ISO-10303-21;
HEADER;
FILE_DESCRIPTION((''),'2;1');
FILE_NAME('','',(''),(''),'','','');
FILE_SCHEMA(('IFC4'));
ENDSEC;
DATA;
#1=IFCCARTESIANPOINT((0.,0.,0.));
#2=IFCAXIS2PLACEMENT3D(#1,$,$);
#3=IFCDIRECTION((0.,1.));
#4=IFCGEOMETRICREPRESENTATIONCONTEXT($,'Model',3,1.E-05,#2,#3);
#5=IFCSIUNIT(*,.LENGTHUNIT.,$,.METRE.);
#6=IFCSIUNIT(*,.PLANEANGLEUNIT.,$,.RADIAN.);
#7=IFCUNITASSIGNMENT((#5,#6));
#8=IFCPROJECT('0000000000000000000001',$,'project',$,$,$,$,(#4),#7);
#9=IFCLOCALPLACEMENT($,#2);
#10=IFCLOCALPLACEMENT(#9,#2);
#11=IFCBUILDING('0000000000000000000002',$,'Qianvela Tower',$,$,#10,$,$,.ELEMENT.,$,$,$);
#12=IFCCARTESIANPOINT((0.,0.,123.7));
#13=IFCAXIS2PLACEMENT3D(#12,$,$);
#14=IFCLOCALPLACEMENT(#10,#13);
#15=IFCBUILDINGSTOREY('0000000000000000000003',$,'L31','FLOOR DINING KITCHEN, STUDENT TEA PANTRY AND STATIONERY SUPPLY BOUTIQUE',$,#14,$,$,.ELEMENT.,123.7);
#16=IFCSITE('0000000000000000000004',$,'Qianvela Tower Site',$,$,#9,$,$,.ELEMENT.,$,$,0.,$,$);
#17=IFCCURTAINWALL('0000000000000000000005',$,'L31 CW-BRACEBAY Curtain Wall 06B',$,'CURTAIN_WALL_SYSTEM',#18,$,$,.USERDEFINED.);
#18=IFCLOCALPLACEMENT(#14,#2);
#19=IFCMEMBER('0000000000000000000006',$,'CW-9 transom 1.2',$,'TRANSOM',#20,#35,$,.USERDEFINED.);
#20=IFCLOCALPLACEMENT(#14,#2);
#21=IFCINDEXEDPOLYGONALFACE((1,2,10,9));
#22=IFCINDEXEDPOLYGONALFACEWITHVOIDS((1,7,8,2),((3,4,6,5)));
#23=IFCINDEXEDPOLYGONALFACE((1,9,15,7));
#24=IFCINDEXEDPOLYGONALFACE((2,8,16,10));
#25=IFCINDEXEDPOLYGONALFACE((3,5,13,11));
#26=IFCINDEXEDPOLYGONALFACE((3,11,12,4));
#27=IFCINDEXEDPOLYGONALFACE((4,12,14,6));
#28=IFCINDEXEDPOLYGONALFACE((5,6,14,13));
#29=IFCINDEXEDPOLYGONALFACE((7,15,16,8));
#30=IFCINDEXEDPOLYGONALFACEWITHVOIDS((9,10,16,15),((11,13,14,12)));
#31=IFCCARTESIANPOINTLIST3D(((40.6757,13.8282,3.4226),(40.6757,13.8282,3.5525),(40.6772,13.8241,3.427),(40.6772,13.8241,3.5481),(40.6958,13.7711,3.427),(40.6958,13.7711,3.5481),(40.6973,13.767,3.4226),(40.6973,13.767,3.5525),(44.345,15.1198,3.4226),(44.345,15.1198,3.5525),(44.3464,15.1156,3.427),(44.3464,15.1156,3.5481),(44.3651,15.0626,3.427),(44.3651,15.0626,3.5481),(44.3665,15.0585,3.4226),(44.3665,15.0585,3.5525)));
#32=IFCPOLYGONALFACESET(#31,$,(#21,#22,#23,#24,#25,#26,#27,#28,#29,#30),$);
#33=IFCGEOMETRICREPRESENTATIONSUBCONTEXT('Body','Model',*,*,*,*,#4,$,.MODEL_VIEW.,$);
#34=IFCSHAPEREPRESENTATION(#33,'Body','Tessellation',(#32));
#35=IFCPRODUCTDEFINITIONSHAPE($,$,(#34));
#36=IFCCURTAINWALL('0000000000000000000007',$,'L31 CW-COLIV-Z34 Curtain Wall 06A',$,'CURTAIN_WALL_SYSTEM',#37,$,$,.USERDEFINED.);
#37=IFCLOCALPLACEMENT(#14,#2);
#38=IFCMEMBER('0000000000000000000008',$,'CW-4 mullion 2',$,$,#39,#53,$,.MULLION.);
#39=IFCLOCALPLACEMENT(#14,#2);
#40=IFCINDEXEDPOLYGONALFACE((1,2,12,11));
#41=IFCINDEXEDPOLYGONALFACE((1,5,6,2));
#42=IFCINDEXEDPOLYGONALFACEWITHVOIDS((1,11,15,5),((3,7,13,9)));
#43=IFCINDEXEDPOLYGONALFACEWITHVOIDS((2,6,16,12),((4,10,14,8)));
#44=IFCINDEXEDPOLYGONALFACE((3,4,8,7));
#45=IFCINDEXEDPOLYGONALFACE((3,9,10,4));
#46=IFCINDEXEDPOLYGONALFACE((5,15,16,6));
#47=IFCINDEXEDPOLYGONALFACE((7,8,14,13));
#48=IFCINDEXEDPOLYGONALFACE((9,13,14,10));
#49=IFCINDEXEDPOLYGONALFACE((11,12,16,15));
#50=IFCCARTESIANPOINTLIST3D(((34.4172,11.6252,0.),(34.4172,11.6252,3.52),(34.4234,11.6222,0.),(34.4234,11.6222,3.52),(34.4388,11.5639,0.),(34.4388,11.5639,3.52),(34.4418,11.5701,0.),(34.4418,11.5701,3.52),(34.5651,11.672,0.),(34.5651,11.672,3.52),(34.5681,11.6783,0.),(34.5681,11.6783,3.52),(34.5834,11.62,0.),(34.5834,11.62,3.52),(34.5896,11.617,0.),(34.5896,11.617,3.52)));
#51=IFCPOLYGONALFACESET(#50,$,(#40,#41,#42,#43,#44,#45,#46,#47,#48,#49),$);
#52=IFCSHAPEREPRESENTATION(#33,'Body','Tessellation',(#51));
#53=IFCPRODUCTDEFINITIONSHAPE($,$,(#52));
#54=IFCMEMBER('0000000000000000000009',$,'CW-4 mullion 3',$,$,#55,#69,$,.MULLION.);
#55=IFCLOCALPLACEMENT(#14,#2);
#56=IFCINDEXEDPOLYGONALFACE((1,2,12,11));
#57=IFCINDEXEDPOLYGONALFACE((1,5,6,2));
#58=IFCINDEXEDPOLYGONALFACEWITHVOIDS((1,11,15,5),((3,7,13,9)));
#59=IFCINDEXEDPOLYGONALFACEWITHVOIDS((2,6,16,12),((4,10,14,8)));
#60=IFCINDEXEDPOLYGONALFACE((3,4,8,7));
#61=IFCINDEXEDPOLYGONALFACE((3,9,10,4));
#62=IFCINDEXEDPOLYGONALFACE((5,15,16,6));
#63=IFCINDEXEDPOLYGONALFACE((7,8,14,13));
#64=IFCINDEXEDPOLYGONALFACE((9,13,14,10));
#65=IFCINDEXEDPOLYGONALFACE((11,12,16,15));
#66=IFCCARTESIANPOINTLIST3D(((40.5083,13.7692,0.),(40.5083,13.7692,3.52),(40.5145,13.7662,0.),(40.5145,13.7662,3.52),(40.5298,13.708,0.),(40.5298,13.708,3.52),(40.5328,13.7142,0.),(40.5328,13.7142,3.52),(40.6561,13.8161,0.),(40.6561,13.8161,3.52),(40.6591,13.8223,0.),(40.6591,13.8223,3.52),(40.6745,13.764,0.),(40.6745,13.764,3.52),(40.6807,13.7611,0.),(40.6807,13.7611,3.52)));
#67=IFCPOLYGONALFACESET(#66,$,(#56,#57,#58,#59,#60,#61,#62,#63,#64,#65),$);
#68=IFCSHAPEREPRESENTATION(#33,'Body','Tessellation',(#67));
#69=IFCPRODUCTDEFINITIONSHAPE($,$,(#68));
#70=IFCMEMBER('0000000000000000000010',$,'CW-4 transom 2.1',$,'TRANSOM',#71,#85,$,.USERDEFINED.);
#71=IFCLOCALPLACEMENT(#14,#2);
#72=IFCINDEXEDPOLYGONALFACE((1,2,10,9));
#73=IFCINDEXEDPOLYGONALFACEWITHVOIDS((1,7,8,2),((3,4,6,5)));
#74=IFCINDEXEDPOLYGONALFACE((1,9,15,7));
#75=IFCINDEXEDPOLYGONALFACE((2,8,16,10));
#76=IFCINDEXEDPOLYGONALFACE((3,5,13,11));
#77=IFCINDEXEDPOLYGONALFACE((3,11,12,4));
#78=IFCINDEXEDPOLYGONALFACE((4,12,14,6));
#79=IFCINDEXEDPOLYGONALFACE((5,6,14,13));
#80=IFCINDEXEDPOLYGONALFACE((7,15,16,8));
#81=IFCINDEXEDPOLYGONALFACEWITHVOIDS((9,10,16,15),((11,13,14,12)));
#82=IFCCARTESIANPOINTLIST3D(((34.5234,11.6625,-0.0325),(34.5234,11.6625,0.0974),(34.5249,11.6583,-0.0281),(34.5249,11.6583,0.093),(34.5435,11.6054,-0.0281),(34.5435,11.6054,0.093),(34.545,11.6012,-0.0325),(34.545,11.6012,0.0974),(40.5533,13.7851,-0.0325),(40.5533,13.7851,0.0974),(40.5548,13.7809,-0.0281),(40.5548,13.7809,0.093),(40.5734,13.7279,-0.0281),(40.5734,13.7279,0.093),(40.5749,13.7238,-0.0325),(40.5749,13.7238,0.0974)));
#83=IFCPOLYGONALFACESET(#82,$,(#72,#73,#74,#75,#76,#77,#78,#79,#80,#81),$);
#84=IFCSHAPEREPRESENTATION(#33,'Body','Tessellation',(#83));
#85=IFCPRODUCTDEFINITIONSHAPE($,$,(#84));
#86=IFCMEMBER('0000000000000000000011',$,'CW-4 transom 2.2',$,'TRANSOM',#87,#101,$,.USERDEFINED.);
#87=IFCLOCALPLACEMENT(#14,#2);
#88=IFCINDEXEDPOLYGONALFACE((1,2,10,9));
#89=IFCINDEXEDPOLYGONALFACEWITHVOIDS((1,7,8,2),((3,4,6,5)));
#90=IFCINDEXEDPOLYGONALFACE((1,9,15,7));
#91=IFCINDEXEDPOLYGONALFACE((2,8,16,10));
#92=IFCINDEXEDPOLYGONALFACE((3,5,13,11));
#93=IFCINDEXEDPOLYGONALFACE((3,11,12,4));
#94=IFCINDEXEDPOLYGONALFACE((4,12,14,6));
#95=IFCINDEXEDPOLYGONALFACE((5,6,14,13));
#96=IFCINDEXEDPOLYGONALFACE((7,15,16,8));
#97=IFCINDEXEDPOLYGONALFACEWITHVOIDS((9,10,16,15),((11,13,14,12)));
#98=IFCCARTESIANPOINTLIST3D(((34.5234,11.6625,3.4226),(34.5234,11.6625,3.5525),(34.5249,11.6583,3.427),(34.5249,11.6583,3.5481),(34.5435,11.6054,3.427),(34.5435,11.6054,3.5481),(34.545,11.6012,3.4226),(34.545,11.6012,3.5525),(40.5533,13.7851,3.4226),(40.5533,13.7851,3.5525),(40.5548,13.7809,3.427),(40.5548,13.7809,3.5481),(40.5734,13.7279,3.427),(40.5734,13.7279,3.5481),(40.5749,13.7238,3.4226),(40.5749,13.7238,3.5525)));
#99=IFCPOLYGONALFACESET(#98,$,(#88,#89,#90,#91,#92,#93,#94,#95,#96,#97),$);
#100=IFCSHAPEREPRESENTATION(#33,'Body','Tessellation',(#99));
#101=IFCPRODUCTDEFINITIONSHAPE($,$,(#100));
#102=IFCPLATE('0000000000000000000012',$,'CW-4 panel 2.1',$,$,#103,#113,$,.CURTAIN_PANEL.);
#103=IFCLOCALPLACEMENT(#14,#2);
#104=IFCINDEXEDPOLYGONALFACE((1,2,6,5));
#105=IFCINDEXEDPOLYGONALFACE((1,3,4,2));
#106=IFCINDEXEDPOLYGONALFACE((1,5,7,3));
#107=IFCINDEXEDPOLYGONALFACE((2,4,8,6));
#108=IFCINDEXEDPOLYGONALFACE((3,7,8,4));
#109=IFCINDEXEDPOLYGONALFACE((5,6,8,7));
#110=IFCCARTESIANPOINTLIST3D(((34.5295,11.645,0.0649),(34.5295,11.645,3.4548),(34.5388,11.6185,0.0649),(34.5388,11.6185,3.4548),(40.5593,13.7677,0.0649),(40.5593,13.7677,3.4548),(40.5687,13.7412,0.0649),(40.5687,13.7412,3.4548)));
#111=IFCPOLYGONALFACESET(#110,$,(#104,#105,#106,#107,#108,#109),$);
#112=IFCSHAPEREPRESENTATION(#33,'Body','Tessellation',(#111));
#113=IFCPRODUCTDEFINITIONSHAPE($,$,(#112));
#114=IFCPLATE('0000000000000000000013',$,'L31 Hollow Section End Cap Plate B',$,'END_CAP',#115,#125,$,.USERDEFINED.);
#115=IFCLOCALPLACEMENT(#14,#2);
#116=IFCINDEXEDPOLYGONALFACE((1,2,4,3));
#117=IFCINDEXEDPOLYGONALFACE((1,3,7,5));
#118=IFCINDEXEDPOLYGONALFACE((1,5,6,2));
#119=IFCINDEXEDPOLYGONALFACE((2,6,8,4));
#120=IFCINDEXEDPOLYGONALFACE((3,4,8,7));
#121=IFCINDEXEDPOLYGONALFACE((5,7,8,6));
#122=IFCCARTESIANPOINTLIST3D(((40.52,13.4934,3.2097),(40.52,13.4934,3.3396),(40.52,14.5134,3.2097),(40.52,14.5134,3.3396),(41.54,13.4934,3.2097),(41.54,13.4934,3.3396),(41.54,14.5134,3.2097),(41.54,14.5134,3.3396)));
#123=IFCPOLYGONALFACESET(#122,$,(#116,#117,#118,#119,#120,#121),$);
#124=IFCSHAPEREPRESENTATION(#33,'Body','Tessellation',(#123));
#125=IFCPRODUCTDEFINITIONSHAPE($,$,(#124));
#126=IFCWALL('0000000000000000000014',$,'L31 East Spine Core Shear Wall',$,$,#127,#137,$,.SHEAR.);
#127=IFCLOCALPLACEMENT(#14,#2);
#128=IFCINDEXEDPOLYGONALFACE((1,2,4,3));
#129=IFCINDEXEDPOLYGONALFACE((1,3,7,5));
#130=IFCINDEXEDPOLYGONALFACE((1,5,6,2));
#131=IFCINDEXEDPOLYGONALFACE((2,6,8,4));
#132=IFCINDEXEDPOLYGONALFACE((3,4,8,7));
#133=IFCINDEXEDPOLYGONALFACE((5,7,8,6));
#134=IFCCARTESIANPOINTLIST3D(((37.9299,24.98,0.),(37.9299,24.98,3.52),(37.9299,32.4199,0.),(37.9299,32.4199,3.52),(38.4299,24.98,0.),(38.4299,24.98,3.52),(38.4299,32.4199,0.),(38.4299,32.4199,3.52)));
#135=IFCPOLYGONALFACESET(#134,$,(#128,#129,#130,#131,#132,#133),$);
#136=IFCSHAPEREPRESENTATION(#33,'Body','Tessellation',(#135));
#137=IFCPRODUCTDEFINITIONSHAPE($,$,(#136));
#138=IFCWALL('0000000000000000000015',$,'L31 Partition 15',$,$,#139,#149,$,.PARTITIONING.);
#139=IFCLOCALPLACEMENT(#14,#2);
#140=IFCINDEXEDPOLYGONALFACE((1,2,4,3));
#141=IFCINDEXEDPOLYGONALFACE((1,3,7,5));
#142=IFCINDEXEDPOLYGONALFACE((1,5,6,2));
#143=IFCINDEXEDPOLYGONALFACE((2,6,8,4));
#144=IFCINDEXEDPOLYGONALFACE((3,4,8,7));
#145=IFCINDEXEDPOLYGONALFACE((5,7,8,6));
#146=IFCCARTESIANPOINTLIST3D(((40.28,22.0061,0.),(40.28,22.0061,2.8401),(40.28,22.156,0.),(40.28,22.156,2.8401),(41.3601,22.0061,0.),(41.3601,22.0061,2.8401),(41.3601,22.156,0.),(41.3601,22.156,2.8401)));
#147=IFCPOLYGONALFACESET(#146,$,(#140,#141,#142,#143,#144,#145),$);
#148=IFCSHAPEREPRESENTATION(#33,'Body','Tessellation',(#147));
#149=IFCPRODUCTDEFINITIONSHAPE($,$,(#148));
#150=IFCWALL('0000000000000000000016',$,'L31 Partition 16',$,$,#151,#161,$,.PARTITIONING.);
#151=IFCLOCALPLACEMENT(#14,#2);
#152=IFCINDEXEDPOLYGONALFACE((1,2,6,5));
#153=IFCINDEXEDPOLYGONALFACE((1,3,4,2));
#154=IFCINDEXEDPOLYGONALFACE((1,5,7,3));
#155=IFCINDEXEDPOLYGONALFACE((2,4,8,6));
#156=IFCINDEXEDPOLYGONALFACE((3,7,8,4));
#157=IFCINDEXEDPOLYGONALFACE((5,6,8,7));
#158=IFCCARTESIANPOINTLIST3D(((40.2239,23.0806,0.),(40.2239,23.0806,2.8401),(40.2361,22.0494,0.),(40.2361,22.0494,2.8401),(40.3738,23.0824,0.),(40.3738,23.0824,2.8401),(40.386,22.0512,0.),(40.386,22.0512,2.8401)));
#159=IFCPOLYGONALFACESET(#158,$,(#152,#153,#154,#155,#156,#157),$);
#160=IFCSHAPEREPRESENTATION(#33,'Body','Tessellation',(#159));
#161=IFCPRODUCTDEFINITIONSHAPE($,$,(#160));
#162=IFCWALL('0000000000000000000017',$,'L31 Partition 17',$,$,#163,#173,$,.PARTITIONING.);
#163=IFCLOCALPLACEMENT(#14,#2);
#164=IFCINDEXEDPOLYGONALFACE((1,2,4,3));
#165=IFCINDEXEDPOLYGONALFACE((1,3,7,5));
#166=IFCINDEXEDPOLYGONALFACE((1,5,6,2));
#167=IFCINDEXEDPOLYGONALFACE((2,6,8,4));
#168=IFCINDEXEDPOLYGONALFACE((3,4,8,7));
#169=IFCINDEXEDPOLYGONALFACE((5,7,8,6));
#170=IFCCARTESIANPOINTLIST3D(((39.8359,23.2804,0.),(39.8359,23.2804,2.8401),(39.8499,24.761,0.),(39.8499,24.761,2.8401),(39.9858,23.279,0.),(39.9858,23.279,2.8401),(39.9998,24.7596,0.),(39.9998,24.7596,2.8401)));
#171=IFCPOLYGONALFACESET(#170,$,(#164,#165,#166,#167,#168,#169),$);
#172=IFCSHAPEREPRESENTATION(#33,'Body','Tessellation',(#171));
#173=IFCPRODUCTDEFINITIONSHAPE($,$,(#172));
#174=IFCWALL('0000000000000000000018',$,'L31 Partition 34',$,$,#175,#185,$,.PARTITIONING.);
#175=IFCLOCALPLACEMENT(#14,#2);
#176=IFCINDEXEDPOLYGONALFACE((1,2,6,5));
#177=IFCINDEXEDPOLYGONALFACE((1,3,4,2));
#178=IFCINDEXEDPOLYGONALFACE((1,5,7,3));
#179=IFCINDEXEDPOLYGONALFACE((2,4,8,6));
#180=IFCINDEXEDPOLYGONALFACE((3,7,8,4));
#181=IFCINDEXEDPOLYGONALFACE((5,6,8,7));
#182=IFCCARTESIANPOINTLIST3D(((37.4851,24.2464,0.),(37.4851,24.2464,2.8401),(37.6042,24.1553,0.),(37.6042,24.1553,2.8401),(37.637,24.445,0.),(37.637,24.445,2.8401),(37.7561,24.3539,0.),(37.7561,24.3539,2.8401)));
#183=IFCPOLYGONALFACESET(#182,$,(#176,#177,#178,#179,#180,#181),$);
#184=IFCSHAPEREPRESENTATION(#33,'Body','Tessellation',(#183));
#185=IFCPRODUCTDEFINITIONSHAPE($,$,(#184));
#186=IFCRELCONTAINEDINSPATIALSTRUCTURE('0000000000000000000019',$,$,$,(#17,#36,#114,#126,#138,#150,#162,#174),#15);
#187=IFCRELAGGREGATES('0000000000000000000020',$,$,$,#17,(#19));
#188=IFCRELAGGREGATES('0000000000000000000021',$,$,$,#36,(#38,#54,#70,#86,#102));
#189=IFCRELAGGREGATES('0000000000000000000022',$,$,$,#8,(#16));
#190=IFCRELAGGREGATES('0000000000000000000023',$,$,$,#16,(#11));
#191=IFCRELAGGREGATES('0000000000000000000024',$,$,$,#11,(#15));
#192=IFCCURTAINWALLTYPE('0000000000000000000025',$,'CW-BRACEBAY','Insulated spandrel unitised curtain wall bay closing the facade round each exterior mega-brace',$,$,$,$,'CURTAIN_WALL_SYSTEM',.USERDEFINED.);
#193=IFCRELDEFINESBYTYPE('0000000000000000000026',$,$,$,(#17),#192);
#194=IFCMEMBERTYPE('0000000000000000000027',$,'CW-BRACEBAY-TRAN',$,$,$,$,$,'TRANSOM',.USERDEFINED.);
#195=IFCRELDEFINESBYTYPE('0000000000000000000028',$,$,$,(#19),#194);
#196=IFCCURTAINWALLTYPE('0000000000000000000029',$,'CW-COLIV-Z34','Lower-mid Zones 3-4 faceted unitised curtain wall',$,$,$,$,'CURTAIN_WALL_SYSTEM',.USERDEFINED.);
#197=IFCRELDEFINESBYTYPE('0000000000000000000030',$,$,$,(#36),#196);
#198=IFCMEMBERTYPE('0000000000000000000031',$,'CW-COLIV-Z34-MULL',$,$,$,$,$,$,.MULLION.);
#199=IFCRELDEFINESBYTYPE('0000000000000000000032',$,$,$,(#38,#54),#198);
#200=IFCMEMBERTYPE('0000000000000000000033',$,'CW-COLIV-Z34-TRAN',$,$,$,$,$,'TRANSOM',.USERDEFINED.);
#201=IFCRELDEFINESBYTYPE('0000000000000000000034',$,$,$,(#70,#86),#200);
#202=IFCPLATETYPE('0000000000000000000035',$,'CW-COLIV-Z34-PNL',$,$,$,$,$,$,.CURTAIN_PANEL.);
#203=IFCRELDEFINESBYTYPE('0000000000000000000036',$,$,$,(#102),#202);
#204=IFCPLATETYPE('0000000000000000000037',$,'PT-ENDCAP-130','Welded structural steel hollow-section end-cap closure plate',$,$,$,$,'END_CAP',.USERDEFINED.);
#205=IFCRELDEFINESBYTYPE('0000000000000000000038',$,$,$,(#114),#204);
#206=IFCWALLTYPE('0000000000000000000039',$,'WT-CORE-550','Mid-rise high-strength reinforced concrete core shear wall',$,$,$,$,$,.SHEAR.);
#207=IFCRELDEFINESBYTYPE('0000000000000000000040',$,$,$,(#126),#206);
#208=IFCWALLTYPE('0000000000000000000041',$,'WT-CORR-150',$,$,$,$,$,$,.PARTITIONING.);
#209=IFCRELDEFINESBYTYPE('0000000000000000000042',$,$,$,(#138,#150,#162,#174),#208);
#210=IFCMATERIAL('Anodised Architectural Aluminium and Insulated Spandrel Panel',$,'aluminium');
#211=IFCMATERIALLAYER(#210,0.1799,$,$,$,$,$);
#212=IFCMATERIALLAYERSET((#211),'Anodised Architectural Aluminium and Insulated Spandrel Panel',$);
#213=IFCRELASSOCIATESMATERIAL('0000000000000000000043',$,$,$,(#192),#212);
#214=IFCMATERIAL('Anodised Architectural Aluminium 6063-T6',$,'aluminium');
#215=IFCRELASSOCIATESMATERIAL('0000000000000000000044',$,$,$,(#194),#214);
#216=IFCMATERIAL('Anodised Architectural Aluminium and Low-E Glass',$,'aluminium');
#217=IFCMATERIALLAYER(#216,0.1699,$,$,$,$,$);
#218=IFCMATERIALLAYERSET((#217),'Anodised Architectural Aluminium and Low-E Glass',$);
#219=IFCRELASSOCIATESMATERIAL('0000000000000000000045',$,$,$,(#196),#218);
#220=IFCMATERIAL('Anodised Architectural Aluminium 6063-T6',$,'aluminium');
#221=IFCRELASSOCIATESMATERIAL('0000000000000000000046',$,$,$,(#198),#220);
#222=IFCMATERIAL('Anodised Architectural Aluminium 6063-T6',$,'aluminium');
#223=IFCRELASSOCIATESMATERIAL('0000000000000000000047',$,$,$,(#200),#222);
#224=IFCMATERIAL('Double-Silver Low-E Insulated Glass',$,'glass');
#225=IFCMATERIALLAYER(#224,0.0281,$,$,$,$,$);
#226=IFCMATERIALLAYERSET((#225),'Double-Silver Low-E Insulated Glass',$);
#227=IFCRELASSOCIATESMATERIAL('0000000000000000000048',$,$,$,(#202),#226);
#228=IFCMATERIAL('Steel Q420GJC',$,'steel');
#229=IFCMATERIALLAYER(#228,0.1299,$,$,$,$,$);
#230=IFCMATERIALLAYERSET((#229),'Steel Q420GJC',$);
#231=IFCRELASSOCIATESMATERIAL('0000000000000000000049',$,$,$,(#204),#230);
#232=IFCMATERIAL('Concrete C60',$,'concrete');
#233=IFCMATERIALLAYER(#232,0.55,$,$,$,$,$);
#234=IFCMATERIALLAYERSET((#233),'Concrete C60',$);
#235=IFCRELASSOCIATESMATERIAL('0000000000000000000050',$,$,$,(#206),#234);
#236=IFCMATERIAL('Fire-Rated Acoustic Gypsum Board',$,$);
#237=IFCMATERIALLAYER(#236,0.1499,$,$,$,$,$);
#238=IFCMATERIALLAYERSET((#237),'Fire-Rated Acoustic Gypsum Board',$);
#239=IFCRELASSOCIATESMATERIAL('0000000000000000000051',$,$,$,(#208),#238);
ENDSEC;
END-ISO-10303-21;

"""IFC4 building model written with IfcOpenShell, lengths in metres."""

from ifc_helpers import new_model, si_unit, direction, frame, frame_2d, origin, origin_2d, place, context, subcontext, project, spatial, rectangle, hollow_rectangle, extrude, material, layer, layer_set, material_profile, profile_set, type_object, element, aggregate, save


model = new_model("IFC4")

# Units and contexts
model_context = context("Model", 3, precision=1e-05, world=origin(), true_north=direction((0.0, 1.0)))
body_context = subcontext(model_context, "Body", "Model", "MODEL_VIEW")
ifc_project = project(units=[si_unit("LENGTHUNIT", "METRE"), si_unit("PLANEANGLEUNIT", "RADIAN")], contexts=[model_context])

# Site, building, storey
site_placement = place(None, origin())
site = spatial("IfcSite", under=ifc_project, at=site_placement, Name="Qianvela Tower Site", CompositionType="ELEMENT", RefElevation=0.0)
building_placement = place(site_placement, origin())
building = spatial("IfcBuilding", under=site, at=building_placement, Name="Qianvela Tower", CompositionType="ELEMENT")
storey_placement = place(building_placement, frame((0.0, 0.0, 123.7)))
storey = spatial("IfcBuildingStorey", under=building, at=storey_placement, Name="L31", Description="FLOOR DINING KITCHEN, STUDENT TEA PANTRY AND STATIONERY SUPPLY BOUTIQUE", CompositionType="ELEMENT", Elevation=123.7)

# Curtain wall, member
ifc_material_1 = material(Name="Anodised Architectural Aluminium and Insulated Spandrel Panel", Category="aluminium")
ifc_layer_1 = layer(ifc_material_1, 0.1799)
ifc_layer_set_1 = layer_set([ifc_layer_1], Name="Anodised Architectural Aluminium and Insulated Spandrel Panel")
curtain_wall_type_1 = type_object("IfcCurtainWallType", Name="CW-BRACEBAY", Description="Insulated spandrel unitised curtain wall bay closing the facade round each exterior mega-brace", ElementType="CURTAIN_WALL_SYSTEM", PredefinedType="USERDEFINED", material=ifc_layer_set_1)
curtain_wall_1_placement = place(storey_placement, origin())
curtain_wall_1 = element("IfcCurtainWall", 1, at=curtain_wall_1_placement, inside=storey, type_object=curtain_wall_type_1, Name="L31 CW-BRACEBAY Curtain Wall 06B", ObjectType="CURTAIN_WALL_SYSTEM", PredefinedType="USERDEFINED")
ifc_material_2 = material(Name="Anodised Architectural Aluminium 6063-T6", Category="aluminium")
ifc_material_profile_1 = material_profile(ifc_material_2, hollow_rectangle(XDim=0.0649, YDim=0.1299, WallThickness=0.0044, at=origin_2d()), Name="ALU-TRAN-65x130")
ifc_profile_set_1 = profile_set([ifc_material_profile_1], Name="Anodised Architectural Aluminium 6063-T6")
member_type_1 = type_object("IfcMemberType", Name="CW-BRACEBAY-TRAN", ElementType="TRANSOM", PredefinedType="USERDEFINED", material=ifc_profile_set_1)
member_1_placement = place(storey_placement, frame((40.6865, 13.7976, 3.4875), z_axis=(0.943273, 0.332019, 0.0), x_axis=(-0.332019, 0.943273, 0.0)))
member_1 = element("IfcMember", 2, at=member_1_placement, type_object=member_type_1, Name="CW-9 transom 1.2", ObjectType="TRANSOM", PredefinedType="USERDEFINED", context=body_context, shape_type="SweptSolid", body=[
    extrude(hollow_rectangle(XDim=0.0649, YDim=0.1299, WallThickness=0.0044, at=origin_2d()), origin(), (0.0, 0.0, 1.0), 3.8899),
])
aggregate(curtain_wall_1, [member_1])

# Curtain wall, members, plate
ifc_material_3 = material(Name="Anodised Architectural Aluminium and Low-E Glass", Category="aluminium")
ifc_layer_2 = layer(ifc_material_3, 0.1699)
ifc_layer_set_2 = layer_set([ifc_layer_2], Name="Anodised Architectural Aluminium and Low-E Glass")
curtain_wall_type_2 = type_object("IfcCurtainWallType", Name="CW-COLIV-Z34", Description="Lower-mid Zones 3-4 faceted unitised curtain wall", ElementType="CURTAIN_WALL_SYSTEM", PredefinedType="USERDEFINED", material=ifc_layer_set_2)
curtain_wall_2_placement = place(storey_placement, origin())
curtain_wall_2 = element("IfcCurtainWall", 3, at=curtain_wall_2_placement, inside=storey, type_object=curtain_wall_type_2, Name="L31 CW-COLIV-Z34 Curtain Wall 06A", ObjectType="CURTAIN_WALL_SYSTEM", PredefinedType="USERDEFINED")
ifc_material_4 = material(Name="Anodised Architectural Aluminium 6063-T6", Category="aluminium")
ifc_material_profile_2 = material_profile(ifc_material_4, hollow_rectangle(XDim=0.0649, YDim=0.1599, WallThickness=0.0049, at=origin_2d()), Name="ALU-MULL-65x160")
ifc_profile_set_2 = profile_set([ifc_material_profile_2], Name="Anodised Architectural Aluminium 6063-T6")
member_type_2 = type_object("IfcMemberType", Name="CW-COLIV-Z34-MULL", PredefinedType="MULLION", material=ifc_profile_set_2)
member_2_placement = place(storey_placement, frame((34.5034, 11.6211, 0.0), z_axis=(0.0, 0.0, 1.0), x_axis=(-0.33205, 0.943262, 0.0)))
member_2 = element("IfcMember", 4, at=member_2_placement, type_object=member_type_2, Name="CW-4 mullion 2", PredefinedType="MULLION", context=body_context, shape_type="SweptSolid", body=[
    extrude(hollow_rectangle(XDim=0.0649, YDim=0.1599, WallThickness=0.0049, at=origin_2d()), origin(), (0.0, 0.0, 1.0), 3.52),
])
member_3_placement = place(storey_placement, frame((40.5945, 13.7651, 0.0), z_axis=(0.0, 0.0, 1.0), x_axis=(-0.33205, 0.943262, 0.0)))
member_3 = element("IfcMember", 5, at=member_3_placement, type_object=member_type_2, Name="CW-4 mullion 3", PredefinedType="MULLION", context=body_context, shape_type="SweptSolid", body=[
    extrude(hollow_rectangle(XDim=0.0649, YDim=0.1599, WallThickness=0.0049, at=origin_2d()), origin(), (0.0, 0.0, 1.0), 3.52),
])
ifc_material_5 = material(Name="Anodised Architectural Aluminium 6063-T6", Category="aluminium")
ifc_material_profile_3 = material_profile(ifc_material_5, hollow_rectangle(XDim=0.0649, YDim=0.1299, WallThickness=0.0044, at=origin_2d()), Name="ALU-TRAN-65x130")
ifc_profile_set_3 = profile_set([ifc_material_profile_3], Name="Anodised Architectural Aluminium 6063-T6")
member_type_3 = type_object("IfcMemberType", Name="CW-COLIV-Z34-TRAN", ElementType="TRANSOM", PredefinedType="USERDEFINED", material=ifc_profile_set_3)
member_4_placement = place(storey_placement, frame((34.5342, 11.6318, 0.0325), z_axis=(0.943265, 0.332041, 0.0), x_axis=(-0.332041, 0.943265, 0.0)))
member_4 = element("IfcMember", 6, at=member_4_placement, type_object=member_type_3, Name="CW-4 transom 2.1", ObjectType="TRANSOM", PredefinedType="USERDEFINED", context=body_context, shape_type="SweptSolid", body=[
    extrude(hollow_rectangle(XDim=0.0649, YDim=0.1299, WallThickness=0.0044, at=origin_2d()), origin(), (0.0, 0.0, 1.0), 6.3926),
])
member_5_placement = place(storey_placement, frame((34.5342, 11.6318, 3.4875), z_axis=(0.943265, 0.332041, 0.0), x_axis=(-0.332041, 0.943265, 0.0)))
member_5 = element("IfcMember", 7, at=member_5_placement, type_object=member_type_3, Name="CW-4 transom 2.2", ObjectType="TRANSOM", PredefinedType="USERDEFINED", context=body_context, shape_type="SweptSolid", body=[
    extrude(hollow_rectangle(XDim=0.0649, YDim=0.1299, WallThickness=0.0044, at=origin_2d()), origin(), (0.0, 0.0, 1.0), 6.3926),
])
ifc_material_6 = material(Name="Double-Silver Low-E Insulated Glass", Category="glass")
ifc_layer_3 = layer(ifc_material_6, 0.0281)
ifc_layer_set_3 = layer_set([ifc_layer_3], Name="Double-Silver Low-E Insulated Glass")
plate_type_1 = type_object("IfcPlateType", Name="CW-COLIV-Z34-PNL", PredefinedType="CURTAIN_PANEL", material=ifc_layer_set_3)
plate_1_placement = place(storey_placement, frame((37.5491, 12.6931, 0.0649), z_axis=(0.0, 0.0, 1.0), x_axis=(0.943262, 0.33205, 0.0)))
plate_1 = element("IfcPlate", 8, at=plate_1_placement, type_object=plate_type_1, Name="CW-4 panel 2.1", PredefinedType="CURTAIN_PANEL", context=body_context, shape_type="SweptSolid", body=[
    extrude(rectangle(XDim=6.3926, YDim=0.0281, at=origin_2d()), origin(), (0.0, 0.0, 1.0), 3.3899),
])
aggregate(curtain_wall_2, [member_2, member_3, member_4, member_5, plate_1])

# Plate
ifc_material_7 = material(Name="Steel Q420GJC", Category="steel")
ifc_layer_4 = layer(ifc_material_7, 0.1299)
ifc_layer_set_4 = layer_set([ifc_layer_4], Name="Steel Q420GJC")
plate_type_2 = type_object("IfcPlateType", Name="PT-ENDCAP-130", Description="Welded structural steel hollow-section end-cap closure plate", ElementType="END_CAP", PredefinedType="USERDEFINED", material=ifc_layer_set_4)
plate_2_placement = place(storey_placement, frame((41.03, 14.0034, 3.2097), z_axis=(0.0, 0.0, 1.0), x_axis=(1.0, 0.0, 0.0)))
element("IfcPlate", 9, at=plate_2_placement, inside=storey, type_object=plate_type_2, Name="L31 Hollow Section End Cap Plate B", ObjectType="END_CAP", PredefinedType="USERDEFINED", context=body_context, shape_type="SweptSolid", body=[
    extrude(rectangle(XDim=1.02, YDim=1.02, at=origin_2d()), origin(), (0.0, 0.0, 1.0), 0.1299),
])

# Walls
ifc_material_8 = material(Name="Concrete C60", Category="concrete")
ifc_layer_5 = layer(ifc_material_8, 0.55)
ifc_layer_set_5 = layer_set([ifc_layer_5], Name="Concrete C60")
wall_type_1 = type_object("IfcWallType", Name="WT-CORE-550", Description="Mid-rise high-strength reinforced concrete core shear wall", PredefinedType="SHEAR", material=ifc_layer_set_5)
wall_1_placement = place(storey_placement, frame((38.1799, 24.98, 0.0), z_axis=(0.0, 0.0, 1.0), x_axis=(0.0, 1.0, 0.0)))
element("IfcWall", 10, at=wall_1_placement, inside=storey, type_object=wall_type_1, Name="L31 East Spine Core Shear Wall", PredefinedType="SHEAR", context=body_context, shape_type="SweptSolid", body=[
    extrude(rectangle(XDim=7.4399, YDim=0.5, at=frame_2d((3.72, 0.0))), origin(), (0.0, 0.0, 1.0), 3.52),
])
ifc_material_9 = material(Name="Fire-Rated Acoustic Gypsum Board")
ifc_layer_6 = layer(ifc_material_9, 0.1499)
ifc_layer_set_6 = layer_set([ifc_layer_6], Name="Fire-Rated Acoustic Gypsum Board")
wall_type_2 = type_object("IfcWallType", Name="WT-CORR-150", PredefinedType="PARTITIONING", material=ifc_layer_set_6)
wall_2_placement = place(storey_placement, frame((41.3601, 22.0811, 0.0), z_axis=(0.0, 0.0, 1.0), x_axis=(-1.0, 0.0, 0.0)))
element("IfcWall", 11, at=wall_2_placement, inside=storey, type_object=wall_type_2, Name="L31 Partition 15", PredefinedType="PARTITIONING", context=body_context, shape_type="SweptSolid", body=[
    extrude(rectangle(XDim=1.0801, YDim=0.1499, at=frame_2d((0.54, 0.0))), origin(), (0.0, 0.0, 1.0), 2.8401),
])
wall_3_placement = place(storey_placement, frame((40.311, 22.0503, 0.0), z_axis=(0.0, 0.0, 1.0), x_axis=(-0.011836, 0.99993, 0.0)))
element("IfcWall", 12, at=wall_3_placement, inside=storey, type_object=wall_type_2, Name="L31 Partition 16", PredefinedType="PARTITIONING", context=body_context, shape_type="SweptSolid", body=[
    extrude(rectangle(XDim=1.0312, YDim=0.1499, at=frame_2d((0.5156, 0.0))), origin(), (0.0, 0.0, 1.0), 2.8401),
])
wall_4_placement = place(storey_placement, frame((39.9109, 23.2798, 0.0), z_axis=(0.0, 0.0, 1.0), x_axis=(0.009398, 0.999956, 0.0)))
element("IfcWall", 13, at=wall_4_placement, inside=storey, type_object=wall_type_2, Name="L31 Partition 17", PredefinedType="PARTITIONING", context=body_context, shape_type="SweptSolid", body=[
    extrude(rectangle(XDim=1.4807, YDim=0.1499, at=frame_2d((0.7402, 0.0))), origin(), (0.0, 0.0, 1.0), 2.8401),
])
wall_5_placement = place(storey_placement, frame((37.6965, 24.3994, 0.0), z_axis=(0.0, 0.0, 1.0), x_axis=(-0.607631, -0.794219, 0.0)))
element("IfcWall", 14, at=wall_5_placement, inside=storey, type_object=wall_type_2, Name="L31 Partition 34", PredefinedType="PARTITIONING", context=body_context, shape_type="SweptSolid", body=[
    extrude(rectangle(XDim=0.25, YDim=0.1499, at=frame_2d((0.125, 0.0))), origin(), (0.0, 0.0, 1.0), 2.8401),
])

save(model, "model.ifc")
